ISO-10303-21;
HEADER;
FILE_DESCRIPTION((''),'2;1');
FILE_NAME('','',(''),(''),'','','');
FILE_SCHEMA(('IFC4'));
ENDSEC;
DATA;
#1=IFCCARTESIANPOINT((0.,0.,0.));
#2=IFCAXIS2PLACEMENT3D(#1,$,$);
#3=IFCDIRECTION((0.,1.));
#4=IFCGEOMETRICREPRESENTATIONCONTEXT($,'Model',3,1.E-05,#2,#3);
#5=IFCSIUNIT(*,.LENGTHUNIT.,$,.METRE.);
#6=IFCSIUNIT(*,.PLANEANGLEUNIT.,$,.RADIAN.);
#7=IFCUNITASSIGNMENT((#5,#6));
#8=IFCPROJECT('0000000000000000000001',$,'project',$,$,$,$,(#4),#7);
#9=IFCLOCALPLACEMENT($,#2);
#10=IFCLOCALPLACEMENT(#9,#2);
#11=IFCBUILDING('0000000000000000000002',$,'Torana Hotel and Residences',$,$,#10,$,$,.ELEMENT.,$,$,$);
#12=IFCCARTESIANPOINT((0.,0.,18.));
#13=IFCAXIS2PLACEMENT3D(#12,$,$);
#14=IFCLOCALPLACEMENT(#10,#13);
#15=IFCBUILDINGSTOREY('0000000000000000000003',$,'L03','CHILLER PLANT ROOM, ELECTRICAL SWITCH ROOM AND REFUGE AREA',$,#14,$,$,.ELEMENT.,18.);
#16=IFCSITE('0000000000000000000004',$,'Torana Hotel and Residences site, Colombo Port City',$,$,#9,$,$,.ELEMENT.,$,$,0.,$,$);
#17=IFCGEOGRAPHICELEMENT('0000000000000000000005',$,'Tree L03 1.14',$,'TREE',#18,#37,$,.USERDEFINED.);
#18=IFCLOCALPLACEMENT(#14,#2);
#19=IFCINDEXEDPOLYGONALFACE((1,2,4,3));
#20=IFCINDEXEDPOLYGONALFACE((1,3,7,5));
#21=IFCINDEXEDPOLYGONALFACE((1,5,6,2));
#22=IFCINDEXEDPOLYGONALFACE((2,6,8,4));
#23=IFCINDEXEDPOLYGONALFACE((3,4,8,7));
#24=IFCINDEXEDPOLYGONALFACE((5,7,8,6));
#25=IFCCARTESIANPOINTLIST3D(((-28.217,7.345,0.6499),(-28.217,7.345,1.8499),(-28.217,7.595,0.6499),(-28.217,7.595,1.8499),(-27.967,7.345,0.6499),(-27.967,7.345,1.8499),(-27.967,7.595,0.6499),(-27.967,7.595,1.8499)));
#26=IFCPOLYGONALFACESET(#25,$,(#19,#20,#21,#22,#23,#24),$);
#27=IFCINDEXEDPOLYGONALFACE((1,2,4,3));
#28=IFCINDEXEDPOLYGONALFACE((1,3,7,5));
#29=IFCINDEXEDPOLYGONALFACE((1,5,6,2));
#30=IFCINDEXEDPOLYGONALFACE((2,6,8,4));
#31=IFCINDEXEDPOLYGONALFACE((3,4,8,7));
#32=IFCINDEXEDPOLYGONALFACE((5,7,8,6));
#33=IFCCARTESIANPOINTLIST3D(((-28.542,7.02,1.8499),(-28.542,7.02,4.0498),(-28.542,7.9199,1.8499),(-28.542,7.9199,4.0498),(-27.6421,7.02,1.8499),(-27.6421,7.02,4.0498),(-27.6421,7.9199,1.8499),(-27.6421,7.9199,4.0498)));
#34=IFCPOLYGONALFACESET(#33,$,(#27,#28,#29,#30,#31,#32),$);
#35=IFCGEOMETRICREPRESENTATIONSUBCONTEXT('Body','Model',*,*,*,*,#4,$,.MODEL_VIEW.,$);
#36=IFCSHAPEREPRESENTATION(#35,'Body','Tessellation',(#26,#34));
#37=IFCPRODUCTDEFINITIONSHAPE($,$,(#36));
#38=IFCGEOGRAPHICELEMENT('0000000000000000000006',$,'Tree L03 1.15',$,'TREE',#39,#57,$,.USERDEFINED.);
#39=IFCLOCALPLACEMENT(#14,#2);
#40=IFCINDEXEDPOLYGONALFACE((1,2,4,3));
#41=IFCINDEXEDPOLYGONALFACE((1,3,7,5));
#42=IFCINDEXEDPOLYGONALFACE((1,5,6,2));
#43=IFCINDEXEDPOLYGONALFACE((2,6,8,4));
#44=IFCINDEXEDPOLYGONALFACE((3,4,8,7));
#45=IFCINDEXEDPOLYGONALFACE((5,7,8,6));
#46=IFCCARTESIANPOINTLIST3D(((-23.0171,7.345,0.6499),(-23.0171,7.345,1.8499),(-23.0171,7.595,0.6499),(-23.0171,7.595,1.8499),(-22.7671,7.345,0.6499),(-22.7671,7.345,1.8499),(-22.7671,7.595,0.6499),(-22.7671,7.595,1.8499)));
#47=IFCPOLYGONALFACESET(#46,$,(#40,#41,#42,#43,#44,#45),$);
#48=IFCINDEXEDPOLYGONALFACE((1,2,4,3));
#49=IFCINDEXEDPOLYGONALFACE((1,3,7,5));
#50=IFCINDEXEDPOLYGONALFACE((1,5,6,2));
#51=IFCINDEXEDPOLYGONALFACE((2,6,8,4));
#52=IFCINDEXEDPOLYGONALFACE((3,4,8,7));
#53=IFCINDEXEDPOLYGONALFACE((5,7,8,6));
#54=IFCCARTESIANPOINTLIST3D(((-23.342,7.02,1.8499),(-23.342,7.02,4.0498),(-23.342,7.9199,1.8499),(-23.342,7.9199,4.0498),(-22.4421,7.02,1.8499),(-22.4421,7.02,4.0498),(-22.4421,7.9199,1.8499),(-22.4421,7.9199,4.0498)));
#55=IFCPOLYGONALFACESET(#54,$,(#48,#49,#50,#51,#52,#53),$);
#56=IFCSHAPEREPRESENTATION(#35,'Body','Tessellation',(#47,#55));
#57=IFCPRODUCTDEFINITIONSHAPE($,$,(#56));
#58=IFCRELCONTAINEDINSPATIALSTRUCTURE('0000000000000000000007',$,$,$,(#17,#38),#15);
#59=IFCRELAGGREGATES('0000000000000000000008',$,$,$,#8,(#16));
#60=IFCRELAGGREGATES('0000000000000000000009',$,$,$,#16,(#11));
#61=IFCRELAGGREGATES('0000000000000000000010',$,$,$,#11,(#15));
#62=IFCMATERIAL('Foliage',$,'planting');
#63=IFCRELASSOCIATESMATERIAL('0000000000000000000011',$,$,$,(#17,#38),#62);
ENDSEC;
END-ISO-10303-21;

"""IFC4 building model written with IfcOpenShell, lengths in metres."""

from ifc_helpers import new_model, si_unit, direction, frame, origin, origin_2d, place, context, subcontext, project, spatial, rectangle, extrude, material, element, save


model = new_model("IFC4")

# Units and contexts
model_context = context("Model", 3, precision=1e-05, world=origin(), true_north=direction((0.0, 1.0)))
body_context = subcontext(model_context, "Body", "Model", "MODEL_VIEW")
ifc_project = project(units=[si_unit("LENGTHUNIT", "METRE"), si_unit("PLANEANGLEUNIT", "RADIAN")], contexts=[model_context])

# Site, building, storey
site_placement = place(None, origin())
site = spatial("IfcSite", under=ifc_project, at=site_placement, Name="Torana Hotel and Residences site, Colombo Port City", CompositionType="ELEMENT", RefElevation=0.0)
building_placement = place(site_placement, origin())
building = spatial("IfcBuilding", under=site, at=building_placement, Name="Torana Hotel and Residences", CompositionType="ELEMENT")
storey_placement = place(building_placement, frame((0.0, 0.0, 18.0)))
storey = spatial("IfcBuildingStorey", under=building, at=storey_placement, Name="L03", Description="CHILLER PLANT ROOM, ELECTRICAL SWITCH ROOM AND REFUGE AREA", CompositionType="ELEMENT", Elevation=18.0)

# Geographic elements
ifc_material_1 = material(Name="Foliage", Category="planting")
for number, where, z_axis, x_axis, name in (
    (1, (-28.092, 7.47, 0.6499), (0.0, 0.0, 1.0), (1.0, 0.0, 0.0), "Tree L03 1.14"),
    (2, (-22.8921, 7.47, 0.6499), (0.0, 0.0, 1.0), (1.0, 0.0, 0.0), "Tree L03 1.15"),
):
    element("IfcGeographicElement", number, at=place(storey_placement, frame(where, z_axis=z_axis, x_axis=x_axis)), inside=storey, material=ifc_material_1, Name=name, ObjectType="TREE", PredefinedType="USERDEFINED", context=body_context, shape_type="SweptSolid", body=[
        extrude(rectangle(XDim=0.25, YDim=0.25, at=origin_2d()), origin(), (0.0, 0.0, 1.0), 1.2),
        extrude(rectangle(XDim=0.8999, YDim=0.8999, at=origin_2d()), frame((0.0, 0.0, 1.2)), (0.0, 0.0, 1.0), 2.2),
    ])

save(model, "model.ifc")
